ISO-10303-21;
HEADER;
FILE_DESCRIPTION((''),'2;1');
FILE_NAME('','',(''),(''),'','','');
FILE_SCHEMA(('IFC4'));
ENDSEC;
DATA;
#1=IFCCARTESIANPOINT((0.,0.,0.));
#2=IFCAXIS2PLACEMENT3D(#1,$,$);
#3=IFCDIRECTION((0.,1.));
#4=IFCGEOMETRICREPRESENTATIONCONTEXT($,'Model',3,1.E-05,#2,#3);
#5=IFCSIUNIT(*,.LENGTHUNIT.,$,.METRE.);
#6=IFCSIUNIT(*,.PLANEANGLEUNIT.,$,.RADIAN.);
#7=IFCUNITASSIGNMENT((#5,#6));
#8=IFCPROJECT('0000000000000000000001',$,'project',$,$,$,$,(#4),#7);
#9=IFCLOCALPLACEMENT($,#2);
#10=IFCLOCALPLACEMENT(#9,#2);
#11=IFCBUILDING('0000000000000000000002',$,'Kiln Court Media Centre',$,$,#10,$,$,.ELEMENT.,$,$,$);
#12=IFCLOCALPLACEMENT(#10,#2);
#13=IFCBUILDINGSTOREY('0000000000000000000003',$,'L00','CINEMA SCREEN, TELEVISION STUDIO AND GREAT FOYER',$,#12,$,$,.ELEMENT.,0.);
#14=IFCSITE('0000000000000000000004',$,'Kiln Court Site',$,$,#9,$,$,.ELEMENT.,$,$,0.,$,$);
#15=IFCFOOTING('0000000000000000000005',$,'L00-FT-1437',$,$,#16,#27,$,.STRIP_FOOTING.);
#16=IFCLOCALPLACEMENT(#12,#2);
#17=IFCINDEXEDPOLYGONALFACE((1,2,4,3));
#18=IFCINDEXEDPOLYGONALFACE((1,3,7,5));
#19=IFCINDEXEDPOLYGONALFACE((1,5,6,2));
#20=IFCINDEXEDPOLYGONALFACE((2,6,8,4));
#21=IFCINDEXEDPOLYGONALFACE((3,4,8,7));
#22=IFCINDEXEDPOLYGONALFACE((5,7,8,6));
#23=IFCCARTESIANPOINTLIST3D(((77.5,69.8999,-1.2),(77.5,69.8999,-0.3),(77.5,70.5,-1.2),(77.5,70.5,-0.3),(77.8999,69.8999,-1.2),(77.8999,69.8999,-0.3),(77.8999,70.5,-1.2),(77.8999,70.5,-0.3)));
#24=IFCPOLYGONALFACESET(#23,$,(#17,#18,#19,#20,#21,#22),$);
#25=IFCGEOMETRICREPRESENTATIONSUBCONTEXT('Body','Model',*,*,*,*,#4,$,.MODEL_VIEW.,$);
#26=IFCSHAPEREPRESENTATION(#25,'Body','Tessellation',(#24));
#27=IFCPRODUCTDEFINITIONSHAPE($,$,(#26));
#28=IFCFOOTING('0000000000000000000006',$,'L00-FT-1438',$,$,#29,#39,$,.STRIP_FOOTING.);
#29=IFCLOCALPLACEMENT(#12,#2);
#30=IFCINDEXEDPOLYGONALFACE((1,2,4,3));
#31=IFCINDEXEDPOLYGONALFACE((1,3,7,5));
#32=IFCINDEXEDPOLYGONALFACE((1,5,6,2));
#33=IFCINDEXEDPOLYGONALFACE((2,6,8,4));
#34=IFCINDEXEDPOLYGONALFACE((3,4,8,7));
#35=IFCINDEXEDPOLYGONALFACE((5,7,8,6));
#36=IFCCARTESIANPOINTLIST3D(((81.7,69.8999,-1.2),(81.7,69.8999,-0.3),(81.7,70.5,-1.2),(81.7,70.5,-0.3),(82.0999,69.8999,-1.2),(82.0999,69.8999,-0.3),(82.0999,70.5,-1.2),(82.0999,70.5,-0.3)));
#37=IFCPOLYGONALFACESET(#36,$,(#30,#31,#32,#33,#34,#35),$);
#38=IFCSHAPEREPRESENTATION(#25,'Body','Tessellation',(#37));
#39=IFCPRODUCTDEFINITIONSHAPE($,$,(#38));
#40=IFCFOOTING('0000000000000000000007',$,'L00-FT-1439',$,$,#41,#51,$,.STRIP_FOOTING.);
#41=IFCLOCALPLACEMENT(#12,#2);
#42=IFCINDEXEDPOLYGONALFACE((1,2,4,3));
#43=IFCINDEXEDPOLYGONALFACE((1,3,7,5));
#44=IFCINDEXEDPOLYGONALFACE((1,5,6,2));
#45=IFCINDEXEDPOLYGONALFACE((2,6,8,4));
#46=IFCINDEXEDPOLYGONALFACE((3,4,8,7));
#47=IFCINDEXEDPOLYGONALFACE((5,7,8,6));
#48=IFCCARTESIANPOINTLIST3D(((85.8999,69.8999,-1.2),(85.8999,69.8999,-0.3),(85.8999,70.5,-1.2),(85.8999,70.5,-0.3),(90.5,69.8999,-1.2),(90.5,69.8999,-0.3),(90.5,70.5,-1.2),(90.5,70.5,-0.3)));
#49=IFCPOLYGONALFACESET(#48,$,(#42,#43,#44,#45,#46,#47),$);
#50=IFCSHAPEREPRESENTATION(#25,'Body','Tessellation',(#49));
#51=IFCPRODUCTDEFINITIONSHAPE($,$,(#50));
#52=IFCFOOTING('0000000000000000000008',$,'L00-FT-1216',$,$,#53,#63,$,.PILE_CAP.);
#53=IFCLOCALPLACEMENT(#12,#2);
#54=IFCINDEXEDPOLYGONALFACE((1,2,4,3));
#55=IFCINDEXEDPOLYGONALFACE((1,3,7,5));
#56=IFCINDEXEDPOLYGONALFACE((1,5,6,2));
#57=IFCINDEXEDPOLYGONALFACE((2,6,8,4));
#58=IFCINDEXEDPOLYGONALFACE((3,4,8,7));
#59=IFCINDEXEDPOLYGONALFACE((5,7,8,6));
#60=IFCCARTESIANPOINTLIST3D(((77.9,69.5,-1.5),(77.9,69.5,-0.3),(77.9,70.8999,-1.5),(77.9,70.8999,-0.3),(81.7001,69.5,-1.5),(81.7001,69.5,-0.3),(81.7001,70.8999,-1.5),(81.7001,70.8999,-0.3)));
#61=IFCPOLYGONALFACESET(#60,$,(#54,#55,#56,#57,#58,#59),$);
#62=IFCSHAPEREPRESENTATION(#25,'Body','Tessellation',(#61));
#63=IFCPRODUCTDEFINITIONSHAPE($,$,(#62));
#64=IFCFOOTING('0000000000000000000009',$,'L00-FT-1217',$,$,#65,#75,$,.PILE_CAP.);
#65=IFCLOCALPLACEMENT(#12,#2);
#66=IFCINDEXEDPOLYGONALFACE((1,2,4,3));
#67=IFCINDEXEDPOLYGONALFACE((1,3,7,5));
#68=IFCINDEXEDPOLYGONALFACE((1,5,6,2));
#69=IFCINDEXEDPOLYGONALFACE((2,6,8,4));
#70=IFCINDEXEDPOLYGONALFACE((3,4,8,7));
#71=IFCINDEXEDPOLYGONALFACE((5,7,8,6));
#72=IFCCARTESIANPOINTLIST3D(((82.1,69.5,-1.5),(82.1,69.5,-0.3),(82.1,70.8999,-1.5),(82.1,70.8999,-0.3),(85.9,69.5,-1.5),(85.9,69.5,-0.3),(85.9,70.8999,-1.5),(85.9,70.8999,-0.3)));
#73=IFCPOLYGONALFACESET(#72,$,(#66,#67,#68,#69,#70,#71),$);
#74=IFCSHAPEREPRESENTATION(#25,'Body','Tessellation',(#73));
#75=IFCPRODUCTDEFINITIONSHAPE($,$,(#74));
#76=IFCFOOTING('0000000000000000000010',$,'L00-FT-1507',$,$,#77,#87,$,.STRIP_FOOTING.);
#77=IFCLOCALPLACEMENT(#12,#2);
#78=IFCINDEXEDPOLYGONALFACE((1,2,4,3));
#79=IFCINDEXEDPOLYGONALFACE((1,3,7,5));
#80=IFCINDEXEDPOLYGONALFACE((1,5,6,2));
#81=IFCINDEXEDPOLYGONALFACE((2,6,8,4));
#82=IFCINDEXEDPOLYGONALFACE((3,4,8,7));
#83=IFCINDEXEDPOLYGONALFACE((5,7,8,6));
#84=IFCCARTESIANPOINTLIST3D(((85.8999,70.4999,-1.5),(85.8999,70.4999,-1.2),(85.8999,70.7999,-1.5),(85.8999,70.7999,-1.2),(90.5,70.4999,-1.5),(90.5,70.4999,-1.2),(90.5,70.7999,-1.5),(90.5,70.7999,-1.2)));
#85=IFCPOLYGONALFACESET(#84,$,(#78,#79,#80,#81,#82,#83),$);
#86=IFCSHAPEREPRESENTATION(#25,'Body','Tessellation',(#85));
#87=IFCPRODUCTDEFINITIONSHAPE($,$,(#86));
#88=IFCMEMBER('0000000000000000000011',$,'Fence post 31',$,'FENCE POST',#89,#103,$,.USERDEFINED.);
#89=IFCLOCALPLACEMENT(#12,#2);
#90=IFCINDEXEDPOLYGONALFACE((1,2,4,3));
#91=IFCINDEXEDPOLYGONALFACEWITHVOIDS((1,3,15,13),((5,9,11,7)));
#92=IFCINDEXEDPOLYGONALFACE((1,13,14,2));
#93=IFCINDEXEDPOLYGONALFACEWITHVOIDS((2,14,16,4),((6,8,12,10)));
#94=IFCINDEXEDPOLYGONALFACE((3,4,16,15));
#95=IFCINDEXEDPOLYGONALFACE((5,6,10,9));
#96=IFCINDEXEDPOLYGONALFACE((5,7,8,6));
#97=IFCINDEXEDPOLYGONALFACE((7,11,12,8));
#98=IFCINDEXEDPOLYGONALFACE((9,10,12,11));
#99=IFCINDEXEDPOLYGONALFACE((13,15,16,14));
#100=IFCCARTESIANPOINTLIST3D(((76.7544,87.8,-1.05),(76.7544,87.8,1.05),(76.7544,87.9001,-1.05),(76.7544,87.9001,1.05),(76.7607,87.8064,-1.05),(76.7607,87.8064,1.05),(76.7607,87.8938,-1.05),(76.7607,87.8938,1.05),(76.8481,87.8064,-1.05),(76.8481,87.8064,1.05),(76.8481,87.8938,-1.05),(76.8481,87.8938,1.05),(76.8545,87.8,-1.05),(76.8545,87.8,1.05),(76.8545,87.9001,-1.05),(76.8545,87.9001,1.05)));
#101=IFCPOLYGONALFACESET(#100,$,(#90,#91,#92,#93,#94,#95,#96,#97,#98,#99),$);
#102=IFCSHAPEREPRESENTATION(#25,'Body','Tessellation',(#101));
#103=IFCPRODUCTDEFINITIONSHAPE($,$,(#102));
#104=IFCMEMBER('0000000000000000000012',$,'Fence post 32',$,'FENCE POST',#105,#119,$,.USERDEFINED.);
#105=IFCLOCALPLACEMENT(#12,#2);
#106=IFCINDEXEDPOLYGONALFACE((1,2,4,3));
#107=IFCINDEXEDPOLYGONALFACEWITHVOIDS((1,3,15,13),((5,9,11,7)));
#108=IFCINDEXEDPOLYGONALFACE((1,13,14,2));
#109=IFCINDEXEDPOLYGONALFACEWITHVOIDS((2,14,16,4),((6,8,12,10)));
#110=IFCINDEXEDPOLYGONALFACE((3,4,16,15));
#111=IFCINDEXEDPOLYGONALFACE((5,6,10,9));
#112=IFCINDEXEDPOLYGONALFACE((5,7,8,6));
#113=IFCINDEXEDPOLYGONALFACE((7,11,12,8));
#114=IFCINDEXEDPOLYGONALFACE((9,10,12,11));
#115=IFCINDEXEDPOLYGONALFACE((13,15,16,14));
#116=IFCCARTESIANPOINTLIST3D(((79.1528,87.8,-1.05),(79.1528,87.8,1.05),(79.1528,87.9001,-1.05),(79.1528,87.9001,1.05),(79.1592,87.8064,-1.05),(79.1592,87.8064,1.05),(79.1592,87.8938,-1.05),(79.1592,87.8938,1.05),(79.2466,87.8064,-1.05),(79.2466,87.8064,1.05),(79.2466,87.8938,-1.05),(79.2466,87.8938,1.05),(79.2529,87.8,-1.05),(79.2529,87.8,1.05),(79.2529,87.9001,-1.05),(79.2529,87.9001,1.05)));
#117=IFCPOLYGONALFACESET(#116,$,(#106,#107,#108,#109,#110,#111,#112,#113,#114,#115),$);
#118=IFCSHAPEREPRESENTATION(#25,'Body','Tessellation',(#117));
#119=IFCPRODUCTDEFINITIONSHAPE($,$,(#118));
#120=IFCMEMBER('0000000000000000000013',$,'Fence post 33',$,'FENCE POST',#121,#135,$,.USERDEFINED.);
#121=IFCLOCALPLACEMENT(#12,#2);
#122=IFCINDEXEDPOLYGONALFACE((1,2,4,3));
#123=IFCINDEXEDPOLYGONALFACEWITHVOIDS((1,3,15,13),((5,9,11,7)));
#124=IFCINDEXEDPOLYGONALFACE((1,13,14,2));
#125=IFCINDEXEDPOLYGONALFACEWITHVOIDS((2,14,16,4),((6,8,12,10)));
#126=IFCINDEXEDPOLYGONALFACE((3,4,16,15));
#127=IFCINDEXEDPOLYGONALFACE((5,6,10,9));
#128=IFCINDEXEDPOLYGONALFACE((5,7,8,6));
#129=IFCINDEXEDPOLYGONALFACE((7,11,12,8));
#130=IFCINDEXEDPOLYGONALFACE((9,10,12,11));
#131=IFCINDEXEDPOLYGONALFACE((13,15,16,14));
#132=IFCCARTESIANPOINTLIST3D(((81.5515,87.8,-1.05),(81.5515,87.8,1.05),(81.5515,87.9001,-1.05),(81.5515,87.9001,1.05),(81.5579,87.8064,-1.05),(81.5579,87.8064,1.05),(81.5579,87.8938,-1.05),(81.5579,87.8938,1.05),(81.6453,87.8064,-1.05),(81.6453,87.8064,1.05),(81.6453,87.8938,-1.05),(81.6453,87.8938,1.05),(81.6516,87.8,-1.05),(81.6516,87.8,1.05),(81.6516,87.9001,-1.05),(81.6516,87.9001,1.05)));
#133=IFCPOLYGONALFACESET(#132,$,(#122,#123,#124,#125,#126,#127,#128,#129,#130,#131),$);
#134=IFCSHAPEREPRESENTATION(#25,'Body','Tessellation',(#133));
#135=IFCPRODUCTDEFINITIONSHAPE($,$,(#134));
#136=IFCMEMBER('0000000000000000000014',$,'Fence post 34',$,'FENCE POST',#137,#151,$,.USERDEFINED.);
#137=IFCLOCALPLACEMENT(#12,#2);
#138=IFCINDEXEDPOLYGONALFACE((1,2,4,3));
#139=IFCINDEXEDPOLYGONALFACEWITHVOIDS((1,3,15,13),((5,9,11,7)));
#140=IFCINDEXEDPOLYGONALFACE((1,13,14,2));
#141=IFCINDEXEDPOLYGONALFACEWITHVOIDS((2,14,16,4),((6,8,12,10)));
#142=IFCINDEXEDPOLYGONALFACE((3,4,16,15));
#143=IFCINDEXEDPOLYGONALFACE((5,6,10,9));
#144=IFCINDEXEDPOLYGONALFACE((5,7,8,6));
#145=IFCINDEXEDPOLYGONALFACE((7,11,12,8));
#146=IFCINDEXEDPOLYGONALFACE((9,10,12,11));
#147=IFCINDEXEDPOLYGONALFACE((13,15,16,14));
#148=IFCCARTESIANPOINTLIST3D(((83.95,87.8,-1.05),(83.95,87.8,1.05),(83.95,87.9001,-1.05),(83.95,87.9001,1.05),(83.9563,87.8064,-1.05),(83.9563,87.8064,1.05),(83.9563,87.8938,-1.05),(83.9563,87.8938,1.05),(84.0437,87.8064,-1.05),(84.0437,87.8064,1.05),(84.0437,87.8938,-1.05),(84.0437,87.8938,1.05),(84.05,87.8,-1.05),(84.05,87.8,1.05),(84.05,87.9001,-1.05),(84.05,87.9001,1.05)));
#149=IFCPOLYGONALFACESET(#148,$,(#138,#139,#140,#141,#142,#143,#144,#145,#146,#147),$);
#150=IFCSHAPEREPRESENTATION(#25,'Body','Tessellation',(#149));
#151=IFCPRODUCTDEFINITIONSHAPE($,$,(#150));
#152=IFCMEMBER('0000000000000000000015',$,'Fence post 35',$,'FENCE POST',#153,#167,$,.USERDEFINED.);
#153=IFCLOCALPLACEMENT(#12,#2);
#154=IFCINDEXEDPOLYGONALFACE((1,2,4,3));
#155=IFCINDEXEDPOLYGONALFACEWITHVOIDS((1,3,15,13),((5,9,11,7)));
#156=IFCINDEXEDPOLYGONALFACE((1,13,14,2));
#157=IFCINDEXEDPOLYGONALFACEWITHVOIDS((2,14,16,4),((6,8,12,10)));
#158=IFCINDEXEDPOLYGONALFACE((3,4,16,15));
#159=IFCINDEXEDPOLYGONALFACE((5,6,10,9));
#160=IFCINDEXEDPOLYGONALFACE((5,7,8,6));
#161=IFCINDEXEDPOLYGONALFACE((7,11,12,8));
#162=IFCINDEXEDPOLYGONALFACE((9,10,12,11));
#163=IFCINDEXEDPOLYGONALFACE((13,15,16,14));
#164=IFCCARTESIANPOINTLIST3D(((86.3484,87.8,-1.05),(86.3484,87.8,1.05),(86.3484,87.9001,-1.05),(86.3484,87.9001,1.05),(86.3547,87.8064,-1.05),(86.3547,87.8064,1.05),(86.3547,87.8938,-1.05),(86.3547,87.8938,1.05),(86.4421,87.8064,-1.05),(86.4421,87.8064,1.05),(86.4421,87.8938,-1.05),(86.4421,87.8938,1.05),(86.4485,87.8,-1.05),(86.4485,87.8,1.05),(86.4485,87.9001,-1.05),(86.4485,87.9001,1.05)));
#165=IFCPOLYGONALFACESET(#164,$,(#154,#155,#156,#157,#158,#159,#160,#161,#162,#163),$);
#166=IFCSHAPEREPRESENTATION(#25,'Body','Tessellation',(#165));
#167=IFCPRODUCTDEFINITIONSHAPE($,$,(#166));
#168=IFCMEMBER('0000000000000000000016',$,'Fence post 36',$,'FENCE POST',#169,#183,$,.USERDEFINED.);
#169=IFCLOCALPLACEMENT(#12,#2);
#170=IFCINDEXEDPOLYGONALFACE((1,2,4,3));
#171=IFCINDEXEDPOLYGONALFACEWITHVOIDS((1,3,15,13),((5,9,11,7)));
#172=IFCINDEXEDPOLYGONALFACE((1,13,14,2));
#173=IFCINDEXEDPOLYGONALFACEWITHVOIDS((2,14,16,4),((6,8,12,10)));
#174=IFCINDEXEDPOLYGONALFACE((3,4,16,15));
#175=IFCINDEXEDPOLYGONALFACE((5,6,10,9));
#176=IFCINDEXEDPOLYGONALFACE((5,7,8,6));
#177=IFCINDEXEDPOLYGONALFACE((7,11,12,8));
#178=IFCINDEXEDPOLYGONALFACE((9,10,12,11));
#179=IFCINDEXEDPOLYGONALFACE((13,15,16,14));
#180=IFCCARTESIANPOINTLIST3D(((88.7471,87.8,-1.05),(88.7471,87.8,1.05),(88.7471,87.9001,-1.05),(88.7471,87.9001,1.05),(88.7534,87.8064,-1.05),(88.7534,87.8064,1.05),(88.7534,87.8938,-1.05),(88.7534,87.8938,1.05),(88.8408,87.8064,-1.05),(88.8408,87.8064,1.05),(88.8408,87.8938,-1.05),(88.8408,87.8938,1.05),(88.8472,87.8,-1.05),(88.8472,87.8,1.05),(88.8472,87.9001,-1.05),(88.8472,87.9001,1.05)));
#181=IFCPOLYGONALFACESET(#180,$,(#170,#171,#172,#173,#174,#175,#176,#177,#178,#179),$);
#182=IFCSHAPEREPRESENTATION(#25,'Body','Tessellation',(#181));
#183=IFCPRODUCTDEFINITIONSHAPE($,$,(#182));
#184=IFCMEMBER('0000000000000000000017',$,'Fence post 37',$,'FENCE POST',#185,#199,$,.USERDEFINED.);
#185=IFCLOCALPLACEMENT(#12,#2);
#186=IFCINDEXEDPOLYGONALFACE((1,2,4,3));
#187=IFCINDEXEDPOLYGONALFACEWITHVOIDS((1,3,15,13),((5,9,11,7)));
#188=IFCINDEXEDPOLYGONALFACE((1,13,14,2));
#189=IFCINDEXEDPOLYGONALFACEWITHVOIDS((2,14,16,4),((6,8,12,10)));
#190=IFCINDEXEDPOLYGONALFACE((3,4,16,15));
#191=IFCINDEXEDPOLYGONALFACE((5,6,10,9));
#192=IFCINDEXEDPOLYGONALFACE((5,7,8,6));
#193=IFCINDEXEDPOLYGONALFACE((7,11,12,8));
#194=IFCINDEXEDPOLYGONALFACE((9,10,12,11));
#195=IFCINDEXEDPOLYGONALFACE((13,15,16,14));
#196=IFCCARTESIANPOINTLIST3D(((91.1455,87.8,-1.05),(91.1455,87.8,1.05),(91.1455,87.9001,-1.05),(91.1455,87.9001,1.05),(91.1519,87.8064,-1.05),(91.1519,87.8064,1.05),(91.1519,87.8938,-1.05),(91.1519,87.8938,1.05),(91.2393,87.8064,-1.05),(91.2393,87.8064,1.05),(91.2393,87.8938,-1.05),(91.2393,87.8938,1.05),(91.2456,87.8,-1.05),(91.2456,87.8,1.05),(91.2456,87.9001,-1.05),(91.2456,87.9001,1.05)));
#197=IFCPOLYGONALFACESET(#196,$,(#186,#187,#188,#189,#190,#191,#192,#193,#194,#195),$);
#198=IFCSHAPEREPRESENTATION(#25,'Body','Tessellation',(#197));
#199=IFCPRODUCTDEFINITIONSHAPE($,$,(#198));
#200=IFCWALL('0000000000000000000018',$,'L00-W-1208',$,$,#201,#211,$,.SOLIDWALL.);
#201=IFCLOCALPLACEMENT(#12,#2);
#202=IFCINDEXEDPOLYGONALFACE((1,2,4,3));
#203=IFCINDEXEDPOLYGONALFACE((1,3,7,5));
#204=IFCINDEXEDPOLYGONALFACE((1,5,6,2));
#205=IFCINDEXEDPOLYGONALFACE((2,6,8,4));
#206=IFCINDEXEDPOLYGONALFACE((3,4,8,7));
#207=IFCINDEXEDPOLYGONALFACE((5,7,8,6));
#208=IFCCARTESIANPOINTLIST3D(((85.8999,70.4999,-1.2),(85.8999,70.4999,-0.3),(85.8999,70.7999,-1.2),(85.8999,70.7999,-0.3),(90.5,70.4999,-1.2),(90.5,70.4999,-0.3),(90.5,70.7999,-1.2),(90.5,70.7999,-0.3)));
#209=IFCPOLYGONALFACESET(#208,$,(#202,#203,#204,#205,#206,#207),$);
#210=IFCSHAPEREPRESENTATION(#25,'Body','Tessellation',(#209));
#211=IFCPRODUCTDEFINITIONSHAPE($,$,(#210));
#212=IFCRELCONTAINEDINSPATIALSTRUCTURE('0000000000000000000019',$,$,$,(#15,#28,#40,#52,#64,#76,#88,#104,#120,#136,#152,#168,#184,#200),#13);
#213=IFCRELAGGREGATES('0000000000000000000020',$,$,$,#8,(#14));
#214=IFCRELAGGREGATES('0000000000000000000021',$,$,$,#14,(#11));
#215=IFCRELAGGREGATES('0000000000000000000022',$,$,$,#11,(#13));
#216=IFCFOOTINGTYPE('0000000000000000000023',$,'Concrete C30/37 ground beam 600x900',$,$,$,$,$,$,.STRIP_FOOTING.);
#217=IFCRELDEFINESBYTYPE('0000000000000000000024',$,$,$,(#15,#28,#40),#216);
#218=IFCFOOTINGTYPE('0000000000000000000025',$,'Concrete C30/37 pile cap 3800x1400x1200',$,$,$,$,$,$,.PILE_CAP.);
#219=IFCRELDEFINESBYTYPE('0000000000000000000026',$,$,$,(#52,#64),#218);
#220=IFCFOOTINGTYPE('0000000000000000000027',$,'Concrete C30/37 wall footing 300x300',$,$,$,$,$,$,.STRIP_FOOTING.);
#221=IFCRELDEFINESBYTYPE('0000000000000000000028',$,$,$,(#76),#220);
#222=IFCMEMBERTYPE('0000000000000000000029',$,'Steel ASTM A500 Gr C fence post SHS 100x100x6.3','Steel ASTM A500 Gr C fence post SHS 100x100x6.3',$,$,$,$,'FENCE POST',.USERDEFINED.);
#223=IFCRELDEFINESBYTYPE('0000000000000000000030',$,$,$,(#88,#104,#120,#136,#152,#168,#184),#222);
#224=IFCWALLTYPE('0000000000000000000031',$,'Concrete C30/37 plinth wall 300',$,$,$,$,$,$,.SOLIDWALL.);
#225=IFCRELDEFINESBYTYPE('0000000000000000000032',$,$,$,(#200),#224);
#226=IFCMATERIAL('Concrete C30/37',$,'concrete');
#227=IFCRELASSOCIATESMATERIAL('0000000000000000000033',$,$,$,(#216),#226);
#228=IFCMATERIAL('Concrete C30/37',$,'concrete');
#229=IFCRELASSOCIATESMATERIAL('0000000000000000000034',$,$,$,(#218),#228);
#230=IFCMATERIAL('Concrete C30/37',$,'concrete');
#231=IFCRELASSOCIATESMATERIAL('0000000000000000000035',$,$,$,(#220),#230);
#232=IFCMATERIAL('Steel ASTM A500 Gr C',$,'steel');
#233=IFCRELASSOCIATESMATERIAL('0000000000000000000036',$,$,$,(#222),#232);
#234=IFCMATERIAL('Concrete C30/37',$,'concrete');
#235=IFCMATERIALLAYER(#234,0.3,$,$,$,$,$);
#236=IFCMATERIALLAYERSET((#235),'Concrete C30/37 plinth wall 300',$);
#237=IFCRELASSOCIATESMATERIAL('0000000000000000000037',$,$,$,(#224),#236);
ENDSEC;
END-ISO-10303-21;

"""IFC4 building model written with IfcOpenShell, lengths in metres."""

from ifc_helpers import new_model, si_unit, direction, frame, frame_2d, origin, origin_2d, place, context, subcontext, project, spatial, rectangle, hollow_rectangle, extrude, material, layer, layer_set, material_profile, profile_set, type_object, element, save


model = new_model("IFC4")

# Units and contexts
model_context = context("Model", 3, precision=1e-05, world=origin(), true_north=direction((0.0, 1.0)))
body_context = subcontext(model_context, "Body", "Model", "MODEL_VIEW")
ifc_project = project(units=[si_unit("LENGTHUNIT", "METRE"), si_unit("PLANEANGLEUNIT", "RADIAN")], contexts=[model_context])

# Site, building, storey
site_placement = place(None, origin())
site = spatial("IfcSite", under=ifc_project, at=site_placement, Name="Kiln Court Site", CompositionType="ELEMENT", RefElevation=0.0)
building_placement = place(site_placement, origin())
building = spatial("IfcBuilding", under=site, at=building_placement, Name="Kiln Court Media Centre", CompositionType="ELEMENT")
storey_placement = place(building_placement, origin())
storey = spatial("IfcBuildingStorey", under=building, at=storey_placement, Name="L00", Description="CINEMA SCREEN, TELEVISION STUDIO AND GREAT FOYER", CompositionType="ELEMENT", Elevation=0.0)

# Footings
ifc_material_1 = material(Name="Concrete C30/37", Category="concrete")
footing_type_1 = type_object("IfcFootingType", Name="Concrete C30/37 ground beam 600x900", PredefinedType="STRIP_FOOTING", material=ifc_material_1)
for number, where, z_axis, x_axis, name in (
    (1, (77.7, 70.2, -1.2), (0.0, 0.0, 1.0), (1.0, 0.0, 0.0), "L00-FT-1437"),
    (2, (81.8999, 70.2, -1.2), (0.0, 0.0, 1.0), (1.0, 0.0, 0.0), "L00-FT-1438"),
):
    element("IfcFooting", number, at=place(storey_placement, frame(where, z_axis=z_axis, x_axis=x_axis)), inside=storey, type_object=footing_type_1, Name=name, PredefinedType="STRIP_FOOTING", context=body_context, shape_type="SweptSolid", body=[
        extrude(rectangle(XDim=0.3999, YDim=0.6001, at=origin_2d()), origin(), (0.0, 0.0, 1.0), 0.8999),
    ])
footing_1_placement = place(storey_placement, frame((88.2, 70.2, -1.2), z_axis=(0.0, 0.0, 1.0), x_axis=(1.0, 0.0, 0.0)))
element("IfcFooting", 3, at=footing_1_placement, inside=storey, type_object=footing_type_1, Name="L00-FT-1439", PredefinedType="STRIP_FOOTING", context=body_context, shape_type="SweptSolid", body=[
    extrude(rectangle(XDim=4.6001, YDim=0.6001, at=origin_2d()), origin(), (0.0, 0.0, 1.0), 0.8999),
])
ifc_material_2 = material(Name="Concrete C30/37", Category="concrete")
footing_type_2 = type_object("IfcFootingType", Name="Concrete C30/37 pile cap 3800x1400x1200", PredefinedType="PILE_CAP", material=ifc_material_2)
for number, where, z_axis, x_axis, name in (
    (4, (79.8, 70.2, -1.5), (0.0, 0.0, 1.0), (1.0, 0.0, 0.0), "L00-FT-1216"),
    (5, (84.0, 70.2, -1.5), (0.0, 0.0, 1.0), (1.0, 0.0, 0.0), "L00-FT-1217"),
):
    element("IfcFooting", number, at=place(storey_placement, frame(where, z_axis=z_axis, x_axis=x_axis)), inside=storey, type_object=footing_type_2, Name=name, PredefinedType="PILE_CAP", context=body_context, shape_type="SweptSolid", body=[
        extrude(rectangle(XDim=3.8, YDim=1.3999, at=origin_2d()), origin(), (0.0, 0.0, 1.0), 1.2),
    ])
ifc_material_3 = material(Name="Concrete C30/37", Category="concrete")
footing_type_3 = type_object("IfcFootingType", Name="Concrete C30/37 wall footing 300x300", PredefinedType="STRIP_FOOTING", material=ifc_material_3)
footing_2_placement = place(storey_placement, frame((88.2, 70.6499, -1.5), z_axis=(0.0, 0.0, 1.0), x_axis=(1.0, 0.0, 0.0)))
element("IfcFooting", 6, at=footing_2_placement, inside=storey, type_object=footing_type_3, Name="L00-FT-1507", PredefinedType="STRIP_FOOTING", context=body_context, shape_type="SweptSolid", body=[
    extrude(rectangle(XDim=4.6001, YDim=0.3, at=origin_2d()), origin(), (0.0, 0.0, 1.0), 0.3),
])

# Members
ifc_material_4 = material(Name="Steel ASTM A500 Gr C", Category="steel")
ifc_material_profile_1 = material_profile(ifc_material_4, hollow_rectangle(XDim=0.1001, YDim=0.1001, WallThickness=0.0063, at=origin_2d()), Name="SHS 100x100x6.3")
ifc_profile_set_1 = profile_set([ifc_material_profile_1], Name="Steel ASTM A500 Gr C")
member_type = type_object("IfcMemberType", Name="Steel ASTM A500 Gr C fence post SHS 100x100x6.3", Description="Steel ASTM A500 Gr C fence post SHS 100x100x6.3", ElementType="FENCE POST", PredefinedType="USERDEFINED", material=ifc_profile_set_1)
for number, where, z_axis, x_axis, name in (
    (7, (76.8044, 87.8501, -1.05), (0.0, 0.0, 1.0), (1.0, 0.0, 0.0), "Fence post 31"),
    (8, (79.2029, 87.8501, -1.05), (0.0, 0.0, 1.0), (1.0, 0.0, 0.0), "Fence post 32"),
    (9, (81.6016, 87.8501, -1.05), (0.0, 0.0, 1.0), (1.0, 0.0, 0.0), "Fence post 33"),
    (10, (84.0, 87.8501, -1.05), (0.0, 0.0, 1.0), (1.0, 0.0, 0.0), "Fence post 34"),
    (11, (86.3984, 87.8501, -1.05), (0.0, 0.0, 1.0), (1.0, 0.0, 0.0), "Fence post 35"),
    (12, (88.7971, 87.8501, -1.05), (0.0, 0.0, 1.0), (1.0, 0.0, 0.0), "Fence post 36"),
    (13, (91.1956, 87.8501, -1.05), (0.0, 0.0, 1.0), (1.0, 0.0, 0.0), "Fence post 37"),
):
    element("IfcMember", number, at=place(storey_placement, frame(where, z_axis=z_axis, x_axis=x_axis)), inside=storey, type_object=member_type, Name=name, ObjectType="FENCE POST", PredefinedType="USERDEFINED", context=body_context, shape_type="SweptSolid", body=[
        extrude(hollow_rectangle(XDim=0.1001, YDim=0.1001, WallThickness=0.0063, at=origin_2d()), origin(), (0.0, 0.0, 1.0), 2.1001),
    ])

# Wall
ifc_material_5 = material(Name="Concrete C30/37", Category="concrete")
ifc_layer_1 = layer(ifc_material_5, 0.3)
ifc_layer_set_1 = layer_set([ifc_layer_1], Name="Concrete C30/37 plinth wall 300")
wall_type_1 = type_object("IfcWallType", Name="Concrete C30/37 plinth wall 300", PredefinedType="SOLIDWALL", material=ifc_layer_set_1)
wall_1_placement = place(storey_placement, frame((85.8999, 70.6499, -1.2), z_axis=(0.0, 0.0, 1.0), x_axis=(1.0, 0.0, 0.0)))
element("IfcWall", 14, at=wall_1_placement, inside=storey, type_object=wall_type_1, Name="L00-W-1208", PredefinedType="SOLIDWALL", context=body_context, shape_type="SweptSolid", body=[
    extrude(rectangle(XDim=4.6001, YDim=0.3, at=frame_2d((2.3, 0.0))), origin(), (0.0, 0.0, 1.0), 0.8999),
])

save(model, "model.ifc")
